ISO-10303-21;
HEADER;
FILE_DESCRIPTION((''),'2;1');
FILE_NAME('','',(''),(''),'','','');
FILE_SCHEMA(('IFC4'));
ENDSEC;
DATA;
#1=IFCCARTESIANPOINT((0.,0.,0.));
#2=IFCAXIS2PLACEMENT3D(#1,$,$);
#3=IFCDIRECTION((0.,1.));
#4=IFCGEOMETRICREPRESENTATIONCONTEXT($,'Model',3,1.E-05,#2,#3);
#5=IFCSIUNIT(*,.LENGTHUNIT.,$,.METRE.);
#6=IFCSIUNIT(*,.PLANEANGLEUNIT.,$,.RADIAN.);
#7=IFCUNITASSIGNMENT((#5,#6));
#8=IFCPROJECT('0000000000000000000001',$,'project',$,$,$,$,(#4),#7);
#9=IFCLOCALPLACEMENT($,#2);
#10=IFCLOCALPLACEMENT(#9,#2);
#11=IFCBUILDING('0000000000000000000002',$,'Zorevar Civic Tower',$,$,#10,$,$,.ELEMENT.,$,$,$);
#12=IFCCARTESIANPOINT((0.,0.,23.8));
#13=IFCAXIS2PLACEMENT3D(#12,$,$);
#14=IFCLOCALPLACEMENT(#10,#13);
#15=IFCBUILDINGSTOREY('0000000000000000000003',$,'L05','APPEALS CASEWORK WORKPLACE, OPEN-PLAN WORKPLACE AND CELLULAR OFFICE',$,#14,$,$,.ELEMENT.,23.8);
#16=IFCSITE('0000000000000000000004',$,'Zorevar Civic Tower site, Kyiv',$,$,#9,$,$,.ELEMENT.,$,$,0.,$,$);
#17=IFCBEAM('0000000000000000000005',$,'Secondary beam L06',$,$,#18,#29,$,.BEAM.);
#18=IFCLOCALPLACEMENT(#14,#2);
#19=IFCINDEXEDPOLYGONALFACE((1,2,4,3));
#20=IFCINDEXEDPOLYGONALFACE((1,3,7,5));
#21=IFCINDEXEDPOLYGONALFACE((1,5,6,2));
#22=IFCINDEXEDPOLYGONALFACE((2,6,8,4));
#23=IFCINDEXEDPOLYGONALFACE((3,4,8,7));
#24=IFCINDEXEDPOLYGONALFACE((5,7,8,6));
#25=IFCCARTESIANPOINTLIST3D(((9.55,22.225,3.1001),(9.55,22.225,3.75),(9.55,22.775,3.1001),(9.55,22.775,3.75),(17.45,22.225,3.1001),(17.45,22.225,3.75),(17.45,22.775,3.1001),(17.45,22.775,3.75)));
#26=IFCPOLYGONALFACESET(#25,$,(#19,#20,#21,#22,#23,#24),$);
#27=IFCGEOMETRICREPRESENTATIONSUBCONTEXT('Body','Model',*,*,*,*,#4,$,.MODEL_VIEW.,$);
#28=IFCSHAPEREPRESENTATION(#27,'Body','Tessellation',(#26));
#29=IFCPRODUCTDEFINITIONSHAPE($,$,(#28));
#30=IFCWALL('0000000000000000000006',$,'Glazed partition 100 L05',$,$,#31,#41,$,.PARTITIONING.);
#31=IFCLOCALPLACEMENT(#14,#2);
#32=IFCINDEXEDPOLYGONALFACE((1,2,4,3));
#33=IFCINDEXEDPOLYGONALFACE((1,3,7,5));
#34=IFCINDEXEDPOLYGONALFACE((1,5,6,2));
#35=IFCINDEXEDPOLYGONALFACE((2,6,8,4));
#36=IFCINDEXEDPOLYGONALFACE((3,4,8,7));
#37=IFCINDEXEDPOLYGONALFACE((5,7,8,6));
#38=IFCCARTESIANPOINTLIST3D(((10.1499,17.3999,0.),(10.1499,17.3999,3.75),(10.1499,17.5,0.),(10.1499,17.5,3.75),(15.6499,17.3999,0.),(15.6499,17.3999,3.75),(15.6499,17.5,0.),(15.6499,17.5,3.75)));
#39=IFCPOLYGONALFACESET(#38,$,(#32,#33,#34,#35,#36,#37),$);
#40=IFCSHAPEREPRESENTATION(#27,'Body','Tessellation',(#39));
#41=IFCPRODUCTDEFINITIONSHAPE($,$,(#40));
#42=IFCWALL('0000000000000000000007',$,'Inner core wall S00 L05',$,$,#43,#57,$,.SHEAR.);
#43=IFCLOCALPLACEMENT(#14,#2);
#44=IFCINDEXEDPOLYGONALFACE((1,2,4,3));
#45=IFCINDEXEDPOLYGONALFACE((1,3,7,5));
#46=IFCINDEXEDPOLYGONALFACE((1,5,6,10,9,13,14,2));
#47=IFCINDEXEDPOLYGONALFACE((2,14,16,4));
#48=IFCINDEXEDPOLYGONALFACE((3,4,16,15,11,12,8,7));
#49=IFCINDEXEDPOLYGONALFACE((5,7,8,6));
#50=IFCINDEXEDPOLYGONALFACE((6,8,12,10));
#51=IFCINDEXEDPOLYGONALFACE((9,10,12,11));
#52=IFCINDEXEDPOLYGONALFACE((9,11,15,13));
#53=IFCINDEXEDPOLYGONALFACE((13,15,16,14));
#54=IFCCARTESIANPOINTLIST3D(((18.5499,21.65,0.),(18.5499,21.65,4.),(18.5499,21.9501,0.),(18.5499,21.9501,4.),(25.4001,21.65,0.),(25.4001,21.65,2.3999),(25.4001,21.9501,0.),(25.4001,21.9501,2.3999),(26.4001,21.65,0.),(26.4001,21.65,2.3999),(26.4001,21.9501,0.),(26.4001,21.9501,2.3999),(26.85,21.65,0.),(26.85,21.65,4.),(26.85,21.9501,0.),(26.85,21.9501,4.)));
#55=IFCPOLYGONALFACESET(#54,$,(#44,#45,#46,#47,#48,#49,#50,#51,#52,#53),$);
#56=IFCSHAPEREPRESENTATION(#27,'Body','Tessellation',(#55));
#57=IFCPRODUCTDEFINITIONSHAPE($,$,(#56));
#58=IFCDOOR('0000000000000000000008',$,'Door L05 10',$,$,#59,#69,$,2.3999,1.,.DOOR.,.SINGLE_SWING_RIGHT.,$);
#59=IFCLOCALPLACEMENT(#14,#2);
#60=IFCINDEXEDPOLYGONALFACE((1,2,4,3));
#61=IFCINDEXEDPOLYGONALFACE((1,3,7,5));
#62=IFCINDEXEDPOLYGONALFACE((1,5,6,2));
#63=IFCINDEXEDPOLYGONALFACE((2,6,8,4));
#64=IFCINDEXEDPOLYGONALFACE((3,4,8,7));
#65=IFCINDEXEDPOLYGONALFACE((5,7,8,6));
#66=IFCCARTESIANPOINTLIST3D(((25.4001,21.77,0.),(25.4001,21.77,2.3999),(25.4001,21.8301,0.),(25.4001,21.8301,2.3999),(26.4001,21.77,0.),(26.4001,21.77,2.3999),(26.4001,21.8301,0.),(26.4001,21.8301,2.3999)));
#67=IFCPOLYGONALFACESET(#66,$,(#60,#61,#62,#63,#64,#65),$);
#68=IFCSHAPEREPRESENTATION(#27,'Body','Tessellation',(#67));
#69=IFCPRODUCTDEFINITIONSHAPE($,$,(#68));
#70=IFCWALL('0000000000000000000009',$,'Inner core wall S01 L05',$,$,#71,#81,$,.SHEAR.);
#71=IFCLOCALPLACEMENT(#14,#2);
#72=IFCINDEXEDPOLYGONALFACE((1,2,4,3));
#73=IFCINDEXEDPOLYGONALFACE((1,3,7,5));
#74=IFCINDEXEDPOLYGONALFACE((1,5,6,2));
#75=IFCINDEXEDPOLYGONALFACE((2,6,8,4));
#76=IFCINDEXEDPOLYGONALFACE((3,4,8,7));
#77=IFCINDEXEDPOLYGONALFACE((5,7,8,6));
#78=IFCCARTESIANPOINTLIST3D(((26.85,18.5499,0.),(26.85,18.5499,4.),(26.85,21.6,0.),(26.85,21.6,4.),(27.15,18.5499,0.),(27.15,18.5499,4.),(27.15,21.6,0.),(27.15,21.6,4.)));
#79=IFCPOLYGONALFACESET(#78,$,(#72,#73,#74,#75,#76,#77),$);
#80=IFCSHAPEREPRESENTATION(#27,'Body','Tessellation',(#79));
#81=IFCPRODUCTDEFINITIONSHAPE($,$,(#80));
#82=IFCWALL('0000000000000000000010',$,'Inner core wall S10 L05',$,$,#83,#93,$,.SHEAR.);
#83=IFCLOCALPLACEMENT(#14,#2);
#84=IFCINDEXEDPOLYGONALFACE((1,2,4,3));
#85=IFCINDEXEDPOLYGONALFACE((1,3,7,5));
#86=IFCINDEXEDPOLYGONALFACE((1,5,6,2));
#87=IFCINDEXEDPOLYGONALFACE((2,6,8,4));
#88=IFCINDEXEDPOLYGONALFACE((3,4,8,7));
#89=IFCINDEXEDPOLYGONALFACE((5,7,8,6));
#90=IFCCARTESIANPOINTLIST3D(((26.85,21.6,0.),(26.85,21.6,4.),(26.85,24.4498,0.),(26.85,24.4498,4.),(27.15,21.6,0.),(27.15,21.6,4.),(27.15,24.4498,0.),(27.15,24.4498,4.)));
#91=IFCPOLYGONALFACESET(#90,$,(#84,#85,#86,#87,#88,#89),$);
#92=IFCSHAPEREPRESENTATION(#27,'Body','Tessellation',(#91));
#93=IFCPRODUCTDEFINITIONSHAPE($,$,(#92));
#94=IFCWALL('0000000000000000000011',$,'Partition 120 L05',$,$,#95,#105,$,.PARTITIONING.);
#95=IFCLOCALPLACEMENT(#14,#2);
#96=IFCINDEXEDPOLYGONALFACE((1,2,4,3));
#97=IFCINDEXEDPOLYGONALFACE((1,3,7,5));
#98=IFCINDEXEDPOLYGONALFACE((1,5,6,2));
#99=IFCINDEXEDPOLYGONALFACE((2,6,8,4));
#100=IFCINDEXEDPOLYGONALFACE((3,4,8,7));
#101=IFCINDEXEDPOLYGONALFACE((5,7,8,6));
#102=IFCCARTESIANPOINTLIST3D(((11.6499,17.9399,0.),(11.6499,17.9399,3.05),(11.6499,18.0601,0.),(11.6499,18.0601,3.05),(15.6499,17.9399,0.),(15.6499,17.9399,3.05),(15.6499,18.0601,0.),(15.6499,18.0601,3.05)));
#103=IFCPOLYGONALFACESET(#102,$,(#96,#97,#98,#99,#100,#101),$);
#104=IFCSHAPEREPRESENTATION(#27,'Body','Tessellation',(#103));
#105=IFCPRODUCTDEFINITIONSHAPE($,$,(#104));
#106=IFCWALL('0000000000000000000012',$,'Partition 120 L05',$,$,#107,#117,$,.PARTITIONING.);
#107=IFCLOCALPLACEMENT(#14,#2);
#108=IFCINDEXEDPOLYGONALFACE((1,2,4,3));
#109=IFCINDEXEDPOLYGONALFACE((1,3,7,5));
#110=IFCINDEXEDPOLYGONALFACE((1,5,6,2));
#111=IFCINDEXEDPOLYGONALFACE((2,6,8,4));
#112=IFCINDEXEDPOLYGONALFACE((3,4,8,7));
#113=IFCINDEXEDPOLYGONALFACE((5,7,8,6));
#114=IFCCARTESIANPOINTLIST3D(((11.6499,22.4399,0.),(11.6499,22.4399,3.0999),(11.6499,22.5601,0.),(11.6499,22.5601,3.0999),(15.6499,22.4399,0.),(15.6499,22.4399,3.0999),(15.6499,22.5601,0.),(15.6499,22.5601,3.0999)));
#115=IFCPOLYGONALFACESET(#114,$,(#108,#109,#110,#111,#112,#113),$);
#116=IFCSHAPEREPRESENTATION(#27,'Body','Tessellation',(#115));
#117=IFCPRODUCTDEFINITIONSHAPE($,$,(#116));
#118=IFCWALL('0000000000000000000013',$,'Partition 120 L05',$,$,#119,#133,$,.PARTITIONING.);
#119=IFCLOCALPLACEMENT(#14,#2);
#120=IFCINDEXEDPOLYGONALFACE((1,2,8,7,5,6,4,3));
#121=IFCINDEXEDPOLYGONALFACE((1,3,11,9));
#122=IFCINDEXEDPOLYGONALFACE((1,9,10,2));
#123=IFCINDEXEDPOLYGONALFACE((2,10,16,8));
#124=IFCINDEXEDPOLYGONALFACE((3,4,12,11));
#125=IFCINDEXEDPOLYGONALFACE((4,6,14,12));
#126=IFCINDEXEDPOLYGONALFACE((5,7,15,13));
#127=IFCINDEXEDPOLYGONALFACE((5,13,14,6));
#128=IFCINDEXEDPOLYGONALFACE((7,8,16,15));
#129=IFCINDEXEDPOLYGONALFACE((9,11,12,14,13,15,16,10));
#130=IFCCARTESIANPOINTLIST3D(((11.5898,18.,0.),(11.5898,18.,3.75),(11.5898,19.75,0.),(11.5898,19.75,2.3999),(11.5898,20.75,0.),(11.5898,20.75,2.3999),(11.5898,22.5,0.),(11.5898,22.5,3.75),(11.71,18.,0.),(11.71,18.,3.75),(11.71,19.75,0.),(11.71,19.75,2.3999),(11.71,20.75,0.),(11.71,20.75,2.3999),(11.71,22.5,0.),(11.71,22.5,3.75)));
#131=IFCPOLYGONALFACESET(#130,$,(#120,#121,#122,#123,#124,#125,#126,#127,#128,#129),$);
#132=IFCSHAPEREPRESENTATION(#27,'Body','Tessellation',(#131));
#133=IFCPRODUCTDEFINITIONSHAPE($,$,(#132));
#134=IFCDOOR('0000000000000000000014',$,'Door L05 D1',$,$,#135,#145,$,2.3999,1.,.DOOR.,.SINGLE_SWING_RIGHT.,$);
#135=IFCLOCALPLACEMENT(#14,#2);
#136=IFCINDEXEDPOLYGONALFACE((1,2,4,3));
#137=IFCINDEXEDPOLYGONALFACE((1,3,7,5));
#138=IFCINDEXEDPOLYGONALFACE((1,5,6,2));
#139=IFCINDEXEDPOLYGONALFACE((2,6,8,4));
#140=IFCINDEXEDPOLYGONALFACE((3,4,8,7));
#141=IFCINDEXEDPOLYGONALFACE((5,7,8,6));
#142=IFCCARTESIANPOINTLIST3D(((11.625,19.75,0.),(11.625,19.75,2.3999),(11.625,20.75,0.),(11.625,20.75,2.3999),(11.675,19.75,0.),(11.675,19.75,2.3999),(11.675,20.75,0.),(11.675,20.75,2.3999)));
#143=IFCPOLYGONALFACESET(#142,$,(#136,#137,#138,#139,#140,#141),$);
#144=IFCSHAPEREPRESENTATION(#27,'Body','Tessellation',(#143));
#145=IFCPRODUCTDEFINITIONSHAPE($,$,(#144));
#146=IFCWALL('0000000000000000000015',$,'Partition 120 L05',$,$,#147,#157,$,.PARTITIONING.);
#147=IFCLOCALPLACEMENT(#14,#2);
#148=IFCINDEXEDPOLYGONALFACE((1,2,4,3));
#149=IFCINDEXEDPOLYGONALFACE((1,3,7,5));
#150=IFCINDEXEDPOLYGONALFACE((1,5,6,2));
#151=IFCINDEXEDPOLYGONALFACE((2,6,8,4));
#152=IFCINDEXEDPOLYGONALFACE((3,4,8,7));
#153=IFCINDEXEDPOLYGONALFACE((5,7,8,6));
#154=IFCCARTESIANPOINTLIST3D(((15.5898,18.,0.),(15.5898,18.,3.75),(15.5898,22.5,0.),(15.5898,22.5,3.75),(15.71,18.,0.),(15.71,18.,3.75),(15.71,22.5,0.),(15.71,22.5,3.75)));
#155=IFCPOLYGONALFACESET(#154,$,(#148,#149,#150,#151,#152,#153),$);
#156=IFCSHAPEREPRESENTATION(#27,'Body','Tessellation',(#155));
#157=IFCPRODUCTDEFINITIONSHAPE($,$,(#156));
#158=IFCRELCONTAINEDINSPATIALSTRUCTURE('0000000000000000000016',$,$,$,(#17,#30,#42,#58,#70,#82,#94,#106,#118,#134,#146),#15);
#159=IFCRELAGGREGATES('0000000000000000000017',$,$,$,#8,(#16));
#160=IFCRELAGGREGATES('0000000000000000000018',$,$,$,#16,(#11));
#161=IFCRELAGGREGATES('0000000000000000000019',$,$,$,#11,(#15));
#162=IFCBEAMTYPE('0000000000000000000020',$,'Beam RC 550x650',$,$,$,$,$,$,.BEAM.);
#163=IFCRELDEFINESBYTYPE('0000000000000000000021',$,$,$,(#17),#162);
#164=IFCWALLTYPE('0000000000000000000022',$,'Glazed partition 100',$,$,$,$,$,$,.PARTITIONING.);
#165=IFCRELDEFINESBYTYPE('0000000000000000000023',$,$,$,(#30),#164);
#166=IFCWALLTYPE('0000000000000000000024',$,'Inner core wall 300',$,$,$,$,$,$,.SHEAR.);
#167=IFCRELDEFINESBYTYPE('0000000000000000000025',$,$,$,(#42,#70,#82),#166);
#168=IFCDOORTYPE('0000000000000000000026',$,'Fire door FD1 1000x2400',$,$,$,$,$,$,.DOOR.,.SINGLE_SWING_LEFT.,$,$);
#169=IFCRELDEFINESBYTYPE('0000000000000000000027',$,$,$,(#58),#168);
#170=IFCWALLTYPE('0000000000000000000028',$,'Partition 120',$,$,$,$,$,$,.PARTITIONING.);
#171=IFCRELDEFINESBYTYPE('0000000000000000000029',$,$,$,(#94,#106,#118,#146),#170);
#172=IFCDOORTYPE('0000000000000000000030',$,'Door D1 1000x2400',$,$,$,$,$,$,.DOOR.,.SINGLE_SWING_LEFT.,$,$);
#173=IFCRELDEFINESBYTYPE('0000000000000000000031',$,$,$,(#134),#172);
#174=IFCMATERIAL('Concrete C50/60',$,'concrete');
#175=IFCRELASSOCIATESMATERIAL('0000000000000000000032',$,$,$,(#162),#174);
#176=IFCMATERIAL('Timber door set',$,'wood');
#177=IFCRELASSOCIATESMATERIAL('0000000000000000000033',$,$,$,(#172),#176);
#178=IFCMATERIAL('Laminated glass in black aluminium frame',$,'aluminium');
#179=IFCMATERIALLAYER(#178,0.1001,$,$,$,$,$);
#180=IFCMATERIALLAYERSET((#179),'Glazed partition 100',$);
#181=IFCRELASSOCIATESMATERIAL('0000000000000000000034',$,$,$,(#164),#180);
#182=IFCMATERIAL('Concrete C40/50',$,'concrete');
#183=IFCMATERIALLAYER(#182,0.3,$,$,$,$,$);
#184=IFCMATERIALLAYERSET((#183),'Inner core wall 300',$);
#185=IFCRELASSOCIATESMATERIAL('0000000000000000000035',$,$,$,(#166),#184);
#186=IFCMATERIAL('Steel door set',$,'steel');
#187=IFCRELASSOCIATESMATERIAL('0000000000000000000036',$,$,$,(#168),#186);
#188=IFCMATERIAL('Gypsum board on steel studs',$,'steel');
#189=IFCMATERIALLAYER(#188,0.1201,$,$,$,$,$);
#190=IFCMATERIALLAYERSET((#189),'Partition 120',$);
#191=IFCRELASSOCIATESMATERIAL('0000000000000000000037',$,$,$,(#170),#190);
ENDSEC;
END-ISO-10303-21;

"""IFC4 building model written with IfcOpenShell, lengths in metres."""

from ifc_helpers import new_model, si_unit, direction, frame, frame_2d, origin, origin_2d, place, context, subcontext, project, spatial, rectangle, extrude, material, layer, layer_set, material_profile, profile_set, type_object, element, fill, save


model = new_model("IFC4")

# Units and contexts
model_context = context("Model", 3, precision=1e-05, world=origin(), true_north=direction((0.0, 1.0)))
body_context = subcontext(model_context, "Body", "Model", "MODEL_VIEW")
ifc_project = project(units=[si_unit("LENGTHUNIT", "METRE"), si_unit("PLANEANGLEUNIT", "RADIAN")], contexts=[model_context])

# Site, building, storey
site_placement = place(None, origin())
site = spatial("IfcSite", under=ifc_project, at=site_placement, Name="Zorevar Civic Tower site, Kyiv", CompositionType="ELEMENT", RefElevation=0.0)
building_placement = place(site_placement, origin())
building = spatial("IfcBuilding", under=site, at=building_placement, Name="Zorevar Civic Tower", CompositionType="ELEMENT")
storey_placement = place(building_placement, frame((0.0, 0.0, 23.8)))
storey = spatial("IfcBuildingStorey", under=building, at=storey_placement, Name="L05", Description="APPEALS CASEWORK WORKPLACE, OPEN-PLAN WORKPLACE AND CELLULAR OFFICE", CompositionType="ELEMENT", Elevation=23.8)

# Beam
ifc_material_1 = material(Name="Concrete C50/60", Category="concrete")
ifc_material_profile = material_profile(ifc_material_1, rectangle(XDim=0.55, YDim=0.6499, at=origin_2d()), Name="RC 550x650")
ifc_profile_set = profile_set([ifc_material_profile], Name="Concrete C50/60")
beam_type = type_object("IfcBeamType", Name="Beam RC 550x650", PredefinedType="BEAM", material=ifc_profile_set)
beam_placement = place(storey_placement, frame((9.55, 22.5, 3.425), z_axis=(1.0, 0.0, 0.0), x_axis=(0.0, 1.0, 0.0)))
element("IfcBeam", 1, at=beam_placement, inside=storey, type_object=beam_type, Name="Secondary beam L06", PredefinedType="BEAM", context=body_context, shape_type="SweptSolid", body=[
    extrude(rectangle(XDim=0.55, YDim=0.6499, at=origin_2d()), origin(), (0.0, 0.0, 1.0), 7.8999),
])

# Shared definitions
ifc_material_2 = material(Name="Timber door set", Category="wood")
door_type_1 = type_object("IfcDoorType", Name="Door D1 1000x2400", OperationType="SINGLE_SWING_LEFT", PredefinedType="DOOR", material=ifc_material_2)

# Wall
ifc_material_3 = material(Name="Laminated glass in black aluminium frame", Category="aluminium")
ifc_layer_1 = layer(ifc_material_3, 0.1001)
ifc_layer_set_1 = layer_set([ifc_layer_1], Name="Glazed partition 100")
wall_type_1 = type_object("IfcWallType", Name="Glazed partition 100", PredefinedType="PARTITIONING", material=ifc_layer_set_1)
wall_1_placement = place(storey_placement, frame((10.1499, 17.45, 0.0), z_axis=(0.0, 0.0, 1.0), x_axis=(1.0, 0.0, 0.0)))
element("IfcWall", 2, at=wall_1_placement, inside=storey, type_object=wall_type_1, Name="Glazed partition 100 L05", PredefinedType="PARTITIONING", context=body_context, shape_type="SweptSolid", body=[
    extrude(rectangle(XDim=5.5, YDim=0.1001, at=frame_2d((2.75, 0.0))), origin(), (0.0, 0.0, 1.0), 3.75),
])

# Wall, opening, door
ifc_material_4 = material(Name="Concrete C40/50", Category="concrete")
ifc_layer_2 = layer(ifc_material_4, 0.3)
ifc_layer_set_2 = layer_set([ifc_layer_2], Name="Inner core wall 300")
wall_type_2 = type_object("IfcWallType", Name="Inner core wall 300", PredefinedType="SHEAR", material=ifc_layer_set_2)
wall_2_placement = place(storey_placement, frame((18.55, 21.8, 0.0), z_axis=(0.0, 0.0, 1.0), x_axis=(1.0, 0.0, 0.0)))
wall_2 = element("IfcWall", 3, at=wall_2_placement, inside=storey, type_object=wall_type_2, Name="Inner core wall S00 L05", PredefinedType="SHEAR", context=body_context, shape_type="SweptSolid", body=[
    extrude(rectangle(XDim=8.3, YDim=0.3, at=frame_2d((4.1499, 0.0))), origin(), (0.0, 0.0, 1.0), 4.0),
])
opening_1_placement = place(wall_2_placement, frame((6.8501, 0.0, 0.0)))
opening_1 = element("IfcOpeningElement", 4, at=opening_1_placement, cuts=wall_2, PredefinedType="OPENING", context=body_context, shape_type="SweptSolid", body=[
    extrude(rectangle(XDim=1.0, YDim=2.3999, at=frame_2d((0.5, 1.2))), frame((0.0, 0.1599, 0.0), z_axis=(0.0, -1.0, 0.0), x_axis=(1.0, 0.0, 0.0)), (0.0, 0.0, 1.0), 0.3201),
])
ifc_material_5 = material(Name="Steel door set", Category="steel")
door_type_2 = type_object("IfcDoorType", Name="Fire door FD1 1000x2400", OperationType="SINGLE_SWING_LEFT", PredefinedType="DOOR", material=ifc_material_5)
door_1_placement = place(opening_1_placement, origin())
door_1 = element("IfcDoor", 5, at=door_1_placement, inside=storey, type_object=door_type_2, Name="Door L05 10", OperationType="SINGLE_SWING_RIGHT", OverallHeight=2.3999, OverallWidth=1.0, PredefinedType="DOOR", context=body_context, shape_type="SweptSolid", body=[
    extrude(rectangle(XDim=1.0, YDim=2.3999, at=frame_2d((0.5, 1.2))), frame((0.0, 0.03, 0.0), z_axis=(0.0, -1.0, 0.0), x_axis=(1.0, 0.0, 0.0)), (0.0, 0.0, 1.0), 0.0601),
])
fill(opening_1, door_1)

# Wall
wall_3_placement = place(storey_placement, frame((27.0, 18.55, 0.0), z_axis=(0.0, 0.0, 1.0), x_axis=(0.0, 1.0, 0.0)))
element("IfcWall", 6, at=wall_3_placement, inside=storey, type_object=wall_type_2, Name="Inner core wall S01 L05", PredefinedType="SHEAR", context=body_context, shape_type="SweptSolid", body=[
    extrude(rectangle(XDim=3.05, YDim=0.3, at=frame_2d((1.5249, 0.0))), origin(), (0.0, 0.0, 1.0), 4.0),
])

# Walls
wall_4_placement = place(storey_placement, frame((27.0, 21.6001, 0.0), z_axis=(0.0, 0.0, 1.0), x_axis=(0.0, 1.0, 0.0)))
element("IfcWall", 7, at=wall_4_placement, inside=storey, type_object=wall_type_2, Name="Inner core wall S10 L05", PredefinedType="SHEAR", context=body_context, shape_type="SweptSolid", body=[
    extrude(rectangle(XDim=2.8499, YDim=0.3, at=frame_2d((1.4248, 0.0))), origin(), (0.0, 0.0, 1.0), 4.0),
])
ifc_material_6 = material(Name="Gypsum board on steel studs", Category="steel")
ifc_layer_3 = layer(ifc_material_6, 0.1201)
ifc_layer_set_3 = layer_set([ifc_layer_3], Name="Partition 120")
wall_type_3 = type_object("IfcWallType", Name="Partition 120", PredefinedType="PARTITIONING", material=ifc_layer_set_3)
wall_5_placement = place(storey_placement, frame((11.6499, 18.0, 0.0), z_axis=(0.0, 0.0, 1.0), x_axis=(1.0, 0.0, 0.0)))
element("IfcWall", 8, at=wall_5_placement, inside=storey, type_object=wall_type_3, Name="Partition 120 L05", PredefinedType="PARTITIONING", context=body_context, shape_type="SweptSolid", body=[
    extrude(rectangle(XDim=4.0, YDim=0.1201, at=frame_2d((2.0, 0.0))), origin(), (0.0, 0.0, 1.0), 3.05),
])
wall_6_placement = place(storey_placement, frame((11.6499, 22.5, 0.0), z_axis=(0.0, 0.0, 1.0), x_axis=(1.0, 0.0, 0.0)))
element("IfcWall", 9, at=wall_6_placement, inside=storey, type_object=wall_type_3, Name="Partition 120 L05", PredefinedType="PARTITIONING", context=body_context, shape_type="SweptSolid", body=[
    extrude(rectangle(XDim=4.0, YDim=0.1201, at=frame_2d((2.0, 0.0))), origin(), (0.0, 0.0, 1.0), 3.0999),
])

# Wall, opening, door
wall_7_placement = place(storey_placement, frame((11.6499, 18.0, 0.0), z_axis=(0.0, 0.0, 1.0), x_axis=(0.0, 1.0, 0.0)))
wall_7 = element("IfcWall", 10, at=wall_7_placement, inside=storey, type_object=wall_type_3, Name="Partition 120 L05", PredefinedType="PARTITIONING", context=body_context, shape_type="SweptSolid", body=[
    extrude(rectangle(XDim=4.5, YDim=0.1201, at=frame_2d((2.25, 0.0))), origin(), (0.0, 0.0, 1.0), 3.75),
])
opening_2_placement = place(wall_7_placement, frame((1.75, 0.0, 0.0)))
opening_2 = element("IfcOpeningElement", 11, at=opening_2_placement, cuts=wall_7, PredefinedType="OPENING", context=body_context, shape_type="SweptSolid", body=[
    extrude(rectangle(XDim=1.0, YDim=2.3999, at=frame_2d((0.5, 1.2))), frame((0.0, 0.0701, 0.0), z_axis=(0.0, -1.0, 0.0), x_axis=(1.0, 0.0, 0.0)), (0.0, 0.0, 1.0), 0.1401),
])
door_2_placement = place(opening_2_placement, origin())
door_2 = element("IfcDoor", 12, at=door_2_placement, inside=storey, type_object=door_type_1, Name="Door L05 D1", OperationType="SINGLE_SWING_RIGHT", OverallHeight=2.3999, OverallWidth=1.0, PredefinedType="DOOR", context=body_context, shape_type="SweptSolid", body=[
    extrude(rectangle(XDim=1.0, YDim=2.3999, at=frame_2d((0.5, 1.2))), frame((0.0, 0.0249, 0.0), z_axis=(0.0, -1.0, 0.0), x_axis=(1.0, 0.0, 0.0)), (0.0, 0.0, 1.0), 0.05),
])
fill(opening_2, door_2)

# Wall
wall_8_placement = place(storey_placement, frame((15.6499, 18.0, 0.0), z_axis=(0.0, 0.0, 1.0), x_axis=(0.0, 1.0, 0.0)))
element("IfcWall", 13, at=wall_8_placement, inside=storey, type_object=wall_type_3, Name="Partition 120 L05", PredefinedType="PARTITIONING", context=body_context, shape_type="SweptSolid", body=[
    extrude(rectangle(XDim=4.5, YDim=0.1201, at=frame_2d((2.25, 0.0))), origin(), (0.0, 0.0, 1.0), 3.75),
])

save(model, "model.ifc")
